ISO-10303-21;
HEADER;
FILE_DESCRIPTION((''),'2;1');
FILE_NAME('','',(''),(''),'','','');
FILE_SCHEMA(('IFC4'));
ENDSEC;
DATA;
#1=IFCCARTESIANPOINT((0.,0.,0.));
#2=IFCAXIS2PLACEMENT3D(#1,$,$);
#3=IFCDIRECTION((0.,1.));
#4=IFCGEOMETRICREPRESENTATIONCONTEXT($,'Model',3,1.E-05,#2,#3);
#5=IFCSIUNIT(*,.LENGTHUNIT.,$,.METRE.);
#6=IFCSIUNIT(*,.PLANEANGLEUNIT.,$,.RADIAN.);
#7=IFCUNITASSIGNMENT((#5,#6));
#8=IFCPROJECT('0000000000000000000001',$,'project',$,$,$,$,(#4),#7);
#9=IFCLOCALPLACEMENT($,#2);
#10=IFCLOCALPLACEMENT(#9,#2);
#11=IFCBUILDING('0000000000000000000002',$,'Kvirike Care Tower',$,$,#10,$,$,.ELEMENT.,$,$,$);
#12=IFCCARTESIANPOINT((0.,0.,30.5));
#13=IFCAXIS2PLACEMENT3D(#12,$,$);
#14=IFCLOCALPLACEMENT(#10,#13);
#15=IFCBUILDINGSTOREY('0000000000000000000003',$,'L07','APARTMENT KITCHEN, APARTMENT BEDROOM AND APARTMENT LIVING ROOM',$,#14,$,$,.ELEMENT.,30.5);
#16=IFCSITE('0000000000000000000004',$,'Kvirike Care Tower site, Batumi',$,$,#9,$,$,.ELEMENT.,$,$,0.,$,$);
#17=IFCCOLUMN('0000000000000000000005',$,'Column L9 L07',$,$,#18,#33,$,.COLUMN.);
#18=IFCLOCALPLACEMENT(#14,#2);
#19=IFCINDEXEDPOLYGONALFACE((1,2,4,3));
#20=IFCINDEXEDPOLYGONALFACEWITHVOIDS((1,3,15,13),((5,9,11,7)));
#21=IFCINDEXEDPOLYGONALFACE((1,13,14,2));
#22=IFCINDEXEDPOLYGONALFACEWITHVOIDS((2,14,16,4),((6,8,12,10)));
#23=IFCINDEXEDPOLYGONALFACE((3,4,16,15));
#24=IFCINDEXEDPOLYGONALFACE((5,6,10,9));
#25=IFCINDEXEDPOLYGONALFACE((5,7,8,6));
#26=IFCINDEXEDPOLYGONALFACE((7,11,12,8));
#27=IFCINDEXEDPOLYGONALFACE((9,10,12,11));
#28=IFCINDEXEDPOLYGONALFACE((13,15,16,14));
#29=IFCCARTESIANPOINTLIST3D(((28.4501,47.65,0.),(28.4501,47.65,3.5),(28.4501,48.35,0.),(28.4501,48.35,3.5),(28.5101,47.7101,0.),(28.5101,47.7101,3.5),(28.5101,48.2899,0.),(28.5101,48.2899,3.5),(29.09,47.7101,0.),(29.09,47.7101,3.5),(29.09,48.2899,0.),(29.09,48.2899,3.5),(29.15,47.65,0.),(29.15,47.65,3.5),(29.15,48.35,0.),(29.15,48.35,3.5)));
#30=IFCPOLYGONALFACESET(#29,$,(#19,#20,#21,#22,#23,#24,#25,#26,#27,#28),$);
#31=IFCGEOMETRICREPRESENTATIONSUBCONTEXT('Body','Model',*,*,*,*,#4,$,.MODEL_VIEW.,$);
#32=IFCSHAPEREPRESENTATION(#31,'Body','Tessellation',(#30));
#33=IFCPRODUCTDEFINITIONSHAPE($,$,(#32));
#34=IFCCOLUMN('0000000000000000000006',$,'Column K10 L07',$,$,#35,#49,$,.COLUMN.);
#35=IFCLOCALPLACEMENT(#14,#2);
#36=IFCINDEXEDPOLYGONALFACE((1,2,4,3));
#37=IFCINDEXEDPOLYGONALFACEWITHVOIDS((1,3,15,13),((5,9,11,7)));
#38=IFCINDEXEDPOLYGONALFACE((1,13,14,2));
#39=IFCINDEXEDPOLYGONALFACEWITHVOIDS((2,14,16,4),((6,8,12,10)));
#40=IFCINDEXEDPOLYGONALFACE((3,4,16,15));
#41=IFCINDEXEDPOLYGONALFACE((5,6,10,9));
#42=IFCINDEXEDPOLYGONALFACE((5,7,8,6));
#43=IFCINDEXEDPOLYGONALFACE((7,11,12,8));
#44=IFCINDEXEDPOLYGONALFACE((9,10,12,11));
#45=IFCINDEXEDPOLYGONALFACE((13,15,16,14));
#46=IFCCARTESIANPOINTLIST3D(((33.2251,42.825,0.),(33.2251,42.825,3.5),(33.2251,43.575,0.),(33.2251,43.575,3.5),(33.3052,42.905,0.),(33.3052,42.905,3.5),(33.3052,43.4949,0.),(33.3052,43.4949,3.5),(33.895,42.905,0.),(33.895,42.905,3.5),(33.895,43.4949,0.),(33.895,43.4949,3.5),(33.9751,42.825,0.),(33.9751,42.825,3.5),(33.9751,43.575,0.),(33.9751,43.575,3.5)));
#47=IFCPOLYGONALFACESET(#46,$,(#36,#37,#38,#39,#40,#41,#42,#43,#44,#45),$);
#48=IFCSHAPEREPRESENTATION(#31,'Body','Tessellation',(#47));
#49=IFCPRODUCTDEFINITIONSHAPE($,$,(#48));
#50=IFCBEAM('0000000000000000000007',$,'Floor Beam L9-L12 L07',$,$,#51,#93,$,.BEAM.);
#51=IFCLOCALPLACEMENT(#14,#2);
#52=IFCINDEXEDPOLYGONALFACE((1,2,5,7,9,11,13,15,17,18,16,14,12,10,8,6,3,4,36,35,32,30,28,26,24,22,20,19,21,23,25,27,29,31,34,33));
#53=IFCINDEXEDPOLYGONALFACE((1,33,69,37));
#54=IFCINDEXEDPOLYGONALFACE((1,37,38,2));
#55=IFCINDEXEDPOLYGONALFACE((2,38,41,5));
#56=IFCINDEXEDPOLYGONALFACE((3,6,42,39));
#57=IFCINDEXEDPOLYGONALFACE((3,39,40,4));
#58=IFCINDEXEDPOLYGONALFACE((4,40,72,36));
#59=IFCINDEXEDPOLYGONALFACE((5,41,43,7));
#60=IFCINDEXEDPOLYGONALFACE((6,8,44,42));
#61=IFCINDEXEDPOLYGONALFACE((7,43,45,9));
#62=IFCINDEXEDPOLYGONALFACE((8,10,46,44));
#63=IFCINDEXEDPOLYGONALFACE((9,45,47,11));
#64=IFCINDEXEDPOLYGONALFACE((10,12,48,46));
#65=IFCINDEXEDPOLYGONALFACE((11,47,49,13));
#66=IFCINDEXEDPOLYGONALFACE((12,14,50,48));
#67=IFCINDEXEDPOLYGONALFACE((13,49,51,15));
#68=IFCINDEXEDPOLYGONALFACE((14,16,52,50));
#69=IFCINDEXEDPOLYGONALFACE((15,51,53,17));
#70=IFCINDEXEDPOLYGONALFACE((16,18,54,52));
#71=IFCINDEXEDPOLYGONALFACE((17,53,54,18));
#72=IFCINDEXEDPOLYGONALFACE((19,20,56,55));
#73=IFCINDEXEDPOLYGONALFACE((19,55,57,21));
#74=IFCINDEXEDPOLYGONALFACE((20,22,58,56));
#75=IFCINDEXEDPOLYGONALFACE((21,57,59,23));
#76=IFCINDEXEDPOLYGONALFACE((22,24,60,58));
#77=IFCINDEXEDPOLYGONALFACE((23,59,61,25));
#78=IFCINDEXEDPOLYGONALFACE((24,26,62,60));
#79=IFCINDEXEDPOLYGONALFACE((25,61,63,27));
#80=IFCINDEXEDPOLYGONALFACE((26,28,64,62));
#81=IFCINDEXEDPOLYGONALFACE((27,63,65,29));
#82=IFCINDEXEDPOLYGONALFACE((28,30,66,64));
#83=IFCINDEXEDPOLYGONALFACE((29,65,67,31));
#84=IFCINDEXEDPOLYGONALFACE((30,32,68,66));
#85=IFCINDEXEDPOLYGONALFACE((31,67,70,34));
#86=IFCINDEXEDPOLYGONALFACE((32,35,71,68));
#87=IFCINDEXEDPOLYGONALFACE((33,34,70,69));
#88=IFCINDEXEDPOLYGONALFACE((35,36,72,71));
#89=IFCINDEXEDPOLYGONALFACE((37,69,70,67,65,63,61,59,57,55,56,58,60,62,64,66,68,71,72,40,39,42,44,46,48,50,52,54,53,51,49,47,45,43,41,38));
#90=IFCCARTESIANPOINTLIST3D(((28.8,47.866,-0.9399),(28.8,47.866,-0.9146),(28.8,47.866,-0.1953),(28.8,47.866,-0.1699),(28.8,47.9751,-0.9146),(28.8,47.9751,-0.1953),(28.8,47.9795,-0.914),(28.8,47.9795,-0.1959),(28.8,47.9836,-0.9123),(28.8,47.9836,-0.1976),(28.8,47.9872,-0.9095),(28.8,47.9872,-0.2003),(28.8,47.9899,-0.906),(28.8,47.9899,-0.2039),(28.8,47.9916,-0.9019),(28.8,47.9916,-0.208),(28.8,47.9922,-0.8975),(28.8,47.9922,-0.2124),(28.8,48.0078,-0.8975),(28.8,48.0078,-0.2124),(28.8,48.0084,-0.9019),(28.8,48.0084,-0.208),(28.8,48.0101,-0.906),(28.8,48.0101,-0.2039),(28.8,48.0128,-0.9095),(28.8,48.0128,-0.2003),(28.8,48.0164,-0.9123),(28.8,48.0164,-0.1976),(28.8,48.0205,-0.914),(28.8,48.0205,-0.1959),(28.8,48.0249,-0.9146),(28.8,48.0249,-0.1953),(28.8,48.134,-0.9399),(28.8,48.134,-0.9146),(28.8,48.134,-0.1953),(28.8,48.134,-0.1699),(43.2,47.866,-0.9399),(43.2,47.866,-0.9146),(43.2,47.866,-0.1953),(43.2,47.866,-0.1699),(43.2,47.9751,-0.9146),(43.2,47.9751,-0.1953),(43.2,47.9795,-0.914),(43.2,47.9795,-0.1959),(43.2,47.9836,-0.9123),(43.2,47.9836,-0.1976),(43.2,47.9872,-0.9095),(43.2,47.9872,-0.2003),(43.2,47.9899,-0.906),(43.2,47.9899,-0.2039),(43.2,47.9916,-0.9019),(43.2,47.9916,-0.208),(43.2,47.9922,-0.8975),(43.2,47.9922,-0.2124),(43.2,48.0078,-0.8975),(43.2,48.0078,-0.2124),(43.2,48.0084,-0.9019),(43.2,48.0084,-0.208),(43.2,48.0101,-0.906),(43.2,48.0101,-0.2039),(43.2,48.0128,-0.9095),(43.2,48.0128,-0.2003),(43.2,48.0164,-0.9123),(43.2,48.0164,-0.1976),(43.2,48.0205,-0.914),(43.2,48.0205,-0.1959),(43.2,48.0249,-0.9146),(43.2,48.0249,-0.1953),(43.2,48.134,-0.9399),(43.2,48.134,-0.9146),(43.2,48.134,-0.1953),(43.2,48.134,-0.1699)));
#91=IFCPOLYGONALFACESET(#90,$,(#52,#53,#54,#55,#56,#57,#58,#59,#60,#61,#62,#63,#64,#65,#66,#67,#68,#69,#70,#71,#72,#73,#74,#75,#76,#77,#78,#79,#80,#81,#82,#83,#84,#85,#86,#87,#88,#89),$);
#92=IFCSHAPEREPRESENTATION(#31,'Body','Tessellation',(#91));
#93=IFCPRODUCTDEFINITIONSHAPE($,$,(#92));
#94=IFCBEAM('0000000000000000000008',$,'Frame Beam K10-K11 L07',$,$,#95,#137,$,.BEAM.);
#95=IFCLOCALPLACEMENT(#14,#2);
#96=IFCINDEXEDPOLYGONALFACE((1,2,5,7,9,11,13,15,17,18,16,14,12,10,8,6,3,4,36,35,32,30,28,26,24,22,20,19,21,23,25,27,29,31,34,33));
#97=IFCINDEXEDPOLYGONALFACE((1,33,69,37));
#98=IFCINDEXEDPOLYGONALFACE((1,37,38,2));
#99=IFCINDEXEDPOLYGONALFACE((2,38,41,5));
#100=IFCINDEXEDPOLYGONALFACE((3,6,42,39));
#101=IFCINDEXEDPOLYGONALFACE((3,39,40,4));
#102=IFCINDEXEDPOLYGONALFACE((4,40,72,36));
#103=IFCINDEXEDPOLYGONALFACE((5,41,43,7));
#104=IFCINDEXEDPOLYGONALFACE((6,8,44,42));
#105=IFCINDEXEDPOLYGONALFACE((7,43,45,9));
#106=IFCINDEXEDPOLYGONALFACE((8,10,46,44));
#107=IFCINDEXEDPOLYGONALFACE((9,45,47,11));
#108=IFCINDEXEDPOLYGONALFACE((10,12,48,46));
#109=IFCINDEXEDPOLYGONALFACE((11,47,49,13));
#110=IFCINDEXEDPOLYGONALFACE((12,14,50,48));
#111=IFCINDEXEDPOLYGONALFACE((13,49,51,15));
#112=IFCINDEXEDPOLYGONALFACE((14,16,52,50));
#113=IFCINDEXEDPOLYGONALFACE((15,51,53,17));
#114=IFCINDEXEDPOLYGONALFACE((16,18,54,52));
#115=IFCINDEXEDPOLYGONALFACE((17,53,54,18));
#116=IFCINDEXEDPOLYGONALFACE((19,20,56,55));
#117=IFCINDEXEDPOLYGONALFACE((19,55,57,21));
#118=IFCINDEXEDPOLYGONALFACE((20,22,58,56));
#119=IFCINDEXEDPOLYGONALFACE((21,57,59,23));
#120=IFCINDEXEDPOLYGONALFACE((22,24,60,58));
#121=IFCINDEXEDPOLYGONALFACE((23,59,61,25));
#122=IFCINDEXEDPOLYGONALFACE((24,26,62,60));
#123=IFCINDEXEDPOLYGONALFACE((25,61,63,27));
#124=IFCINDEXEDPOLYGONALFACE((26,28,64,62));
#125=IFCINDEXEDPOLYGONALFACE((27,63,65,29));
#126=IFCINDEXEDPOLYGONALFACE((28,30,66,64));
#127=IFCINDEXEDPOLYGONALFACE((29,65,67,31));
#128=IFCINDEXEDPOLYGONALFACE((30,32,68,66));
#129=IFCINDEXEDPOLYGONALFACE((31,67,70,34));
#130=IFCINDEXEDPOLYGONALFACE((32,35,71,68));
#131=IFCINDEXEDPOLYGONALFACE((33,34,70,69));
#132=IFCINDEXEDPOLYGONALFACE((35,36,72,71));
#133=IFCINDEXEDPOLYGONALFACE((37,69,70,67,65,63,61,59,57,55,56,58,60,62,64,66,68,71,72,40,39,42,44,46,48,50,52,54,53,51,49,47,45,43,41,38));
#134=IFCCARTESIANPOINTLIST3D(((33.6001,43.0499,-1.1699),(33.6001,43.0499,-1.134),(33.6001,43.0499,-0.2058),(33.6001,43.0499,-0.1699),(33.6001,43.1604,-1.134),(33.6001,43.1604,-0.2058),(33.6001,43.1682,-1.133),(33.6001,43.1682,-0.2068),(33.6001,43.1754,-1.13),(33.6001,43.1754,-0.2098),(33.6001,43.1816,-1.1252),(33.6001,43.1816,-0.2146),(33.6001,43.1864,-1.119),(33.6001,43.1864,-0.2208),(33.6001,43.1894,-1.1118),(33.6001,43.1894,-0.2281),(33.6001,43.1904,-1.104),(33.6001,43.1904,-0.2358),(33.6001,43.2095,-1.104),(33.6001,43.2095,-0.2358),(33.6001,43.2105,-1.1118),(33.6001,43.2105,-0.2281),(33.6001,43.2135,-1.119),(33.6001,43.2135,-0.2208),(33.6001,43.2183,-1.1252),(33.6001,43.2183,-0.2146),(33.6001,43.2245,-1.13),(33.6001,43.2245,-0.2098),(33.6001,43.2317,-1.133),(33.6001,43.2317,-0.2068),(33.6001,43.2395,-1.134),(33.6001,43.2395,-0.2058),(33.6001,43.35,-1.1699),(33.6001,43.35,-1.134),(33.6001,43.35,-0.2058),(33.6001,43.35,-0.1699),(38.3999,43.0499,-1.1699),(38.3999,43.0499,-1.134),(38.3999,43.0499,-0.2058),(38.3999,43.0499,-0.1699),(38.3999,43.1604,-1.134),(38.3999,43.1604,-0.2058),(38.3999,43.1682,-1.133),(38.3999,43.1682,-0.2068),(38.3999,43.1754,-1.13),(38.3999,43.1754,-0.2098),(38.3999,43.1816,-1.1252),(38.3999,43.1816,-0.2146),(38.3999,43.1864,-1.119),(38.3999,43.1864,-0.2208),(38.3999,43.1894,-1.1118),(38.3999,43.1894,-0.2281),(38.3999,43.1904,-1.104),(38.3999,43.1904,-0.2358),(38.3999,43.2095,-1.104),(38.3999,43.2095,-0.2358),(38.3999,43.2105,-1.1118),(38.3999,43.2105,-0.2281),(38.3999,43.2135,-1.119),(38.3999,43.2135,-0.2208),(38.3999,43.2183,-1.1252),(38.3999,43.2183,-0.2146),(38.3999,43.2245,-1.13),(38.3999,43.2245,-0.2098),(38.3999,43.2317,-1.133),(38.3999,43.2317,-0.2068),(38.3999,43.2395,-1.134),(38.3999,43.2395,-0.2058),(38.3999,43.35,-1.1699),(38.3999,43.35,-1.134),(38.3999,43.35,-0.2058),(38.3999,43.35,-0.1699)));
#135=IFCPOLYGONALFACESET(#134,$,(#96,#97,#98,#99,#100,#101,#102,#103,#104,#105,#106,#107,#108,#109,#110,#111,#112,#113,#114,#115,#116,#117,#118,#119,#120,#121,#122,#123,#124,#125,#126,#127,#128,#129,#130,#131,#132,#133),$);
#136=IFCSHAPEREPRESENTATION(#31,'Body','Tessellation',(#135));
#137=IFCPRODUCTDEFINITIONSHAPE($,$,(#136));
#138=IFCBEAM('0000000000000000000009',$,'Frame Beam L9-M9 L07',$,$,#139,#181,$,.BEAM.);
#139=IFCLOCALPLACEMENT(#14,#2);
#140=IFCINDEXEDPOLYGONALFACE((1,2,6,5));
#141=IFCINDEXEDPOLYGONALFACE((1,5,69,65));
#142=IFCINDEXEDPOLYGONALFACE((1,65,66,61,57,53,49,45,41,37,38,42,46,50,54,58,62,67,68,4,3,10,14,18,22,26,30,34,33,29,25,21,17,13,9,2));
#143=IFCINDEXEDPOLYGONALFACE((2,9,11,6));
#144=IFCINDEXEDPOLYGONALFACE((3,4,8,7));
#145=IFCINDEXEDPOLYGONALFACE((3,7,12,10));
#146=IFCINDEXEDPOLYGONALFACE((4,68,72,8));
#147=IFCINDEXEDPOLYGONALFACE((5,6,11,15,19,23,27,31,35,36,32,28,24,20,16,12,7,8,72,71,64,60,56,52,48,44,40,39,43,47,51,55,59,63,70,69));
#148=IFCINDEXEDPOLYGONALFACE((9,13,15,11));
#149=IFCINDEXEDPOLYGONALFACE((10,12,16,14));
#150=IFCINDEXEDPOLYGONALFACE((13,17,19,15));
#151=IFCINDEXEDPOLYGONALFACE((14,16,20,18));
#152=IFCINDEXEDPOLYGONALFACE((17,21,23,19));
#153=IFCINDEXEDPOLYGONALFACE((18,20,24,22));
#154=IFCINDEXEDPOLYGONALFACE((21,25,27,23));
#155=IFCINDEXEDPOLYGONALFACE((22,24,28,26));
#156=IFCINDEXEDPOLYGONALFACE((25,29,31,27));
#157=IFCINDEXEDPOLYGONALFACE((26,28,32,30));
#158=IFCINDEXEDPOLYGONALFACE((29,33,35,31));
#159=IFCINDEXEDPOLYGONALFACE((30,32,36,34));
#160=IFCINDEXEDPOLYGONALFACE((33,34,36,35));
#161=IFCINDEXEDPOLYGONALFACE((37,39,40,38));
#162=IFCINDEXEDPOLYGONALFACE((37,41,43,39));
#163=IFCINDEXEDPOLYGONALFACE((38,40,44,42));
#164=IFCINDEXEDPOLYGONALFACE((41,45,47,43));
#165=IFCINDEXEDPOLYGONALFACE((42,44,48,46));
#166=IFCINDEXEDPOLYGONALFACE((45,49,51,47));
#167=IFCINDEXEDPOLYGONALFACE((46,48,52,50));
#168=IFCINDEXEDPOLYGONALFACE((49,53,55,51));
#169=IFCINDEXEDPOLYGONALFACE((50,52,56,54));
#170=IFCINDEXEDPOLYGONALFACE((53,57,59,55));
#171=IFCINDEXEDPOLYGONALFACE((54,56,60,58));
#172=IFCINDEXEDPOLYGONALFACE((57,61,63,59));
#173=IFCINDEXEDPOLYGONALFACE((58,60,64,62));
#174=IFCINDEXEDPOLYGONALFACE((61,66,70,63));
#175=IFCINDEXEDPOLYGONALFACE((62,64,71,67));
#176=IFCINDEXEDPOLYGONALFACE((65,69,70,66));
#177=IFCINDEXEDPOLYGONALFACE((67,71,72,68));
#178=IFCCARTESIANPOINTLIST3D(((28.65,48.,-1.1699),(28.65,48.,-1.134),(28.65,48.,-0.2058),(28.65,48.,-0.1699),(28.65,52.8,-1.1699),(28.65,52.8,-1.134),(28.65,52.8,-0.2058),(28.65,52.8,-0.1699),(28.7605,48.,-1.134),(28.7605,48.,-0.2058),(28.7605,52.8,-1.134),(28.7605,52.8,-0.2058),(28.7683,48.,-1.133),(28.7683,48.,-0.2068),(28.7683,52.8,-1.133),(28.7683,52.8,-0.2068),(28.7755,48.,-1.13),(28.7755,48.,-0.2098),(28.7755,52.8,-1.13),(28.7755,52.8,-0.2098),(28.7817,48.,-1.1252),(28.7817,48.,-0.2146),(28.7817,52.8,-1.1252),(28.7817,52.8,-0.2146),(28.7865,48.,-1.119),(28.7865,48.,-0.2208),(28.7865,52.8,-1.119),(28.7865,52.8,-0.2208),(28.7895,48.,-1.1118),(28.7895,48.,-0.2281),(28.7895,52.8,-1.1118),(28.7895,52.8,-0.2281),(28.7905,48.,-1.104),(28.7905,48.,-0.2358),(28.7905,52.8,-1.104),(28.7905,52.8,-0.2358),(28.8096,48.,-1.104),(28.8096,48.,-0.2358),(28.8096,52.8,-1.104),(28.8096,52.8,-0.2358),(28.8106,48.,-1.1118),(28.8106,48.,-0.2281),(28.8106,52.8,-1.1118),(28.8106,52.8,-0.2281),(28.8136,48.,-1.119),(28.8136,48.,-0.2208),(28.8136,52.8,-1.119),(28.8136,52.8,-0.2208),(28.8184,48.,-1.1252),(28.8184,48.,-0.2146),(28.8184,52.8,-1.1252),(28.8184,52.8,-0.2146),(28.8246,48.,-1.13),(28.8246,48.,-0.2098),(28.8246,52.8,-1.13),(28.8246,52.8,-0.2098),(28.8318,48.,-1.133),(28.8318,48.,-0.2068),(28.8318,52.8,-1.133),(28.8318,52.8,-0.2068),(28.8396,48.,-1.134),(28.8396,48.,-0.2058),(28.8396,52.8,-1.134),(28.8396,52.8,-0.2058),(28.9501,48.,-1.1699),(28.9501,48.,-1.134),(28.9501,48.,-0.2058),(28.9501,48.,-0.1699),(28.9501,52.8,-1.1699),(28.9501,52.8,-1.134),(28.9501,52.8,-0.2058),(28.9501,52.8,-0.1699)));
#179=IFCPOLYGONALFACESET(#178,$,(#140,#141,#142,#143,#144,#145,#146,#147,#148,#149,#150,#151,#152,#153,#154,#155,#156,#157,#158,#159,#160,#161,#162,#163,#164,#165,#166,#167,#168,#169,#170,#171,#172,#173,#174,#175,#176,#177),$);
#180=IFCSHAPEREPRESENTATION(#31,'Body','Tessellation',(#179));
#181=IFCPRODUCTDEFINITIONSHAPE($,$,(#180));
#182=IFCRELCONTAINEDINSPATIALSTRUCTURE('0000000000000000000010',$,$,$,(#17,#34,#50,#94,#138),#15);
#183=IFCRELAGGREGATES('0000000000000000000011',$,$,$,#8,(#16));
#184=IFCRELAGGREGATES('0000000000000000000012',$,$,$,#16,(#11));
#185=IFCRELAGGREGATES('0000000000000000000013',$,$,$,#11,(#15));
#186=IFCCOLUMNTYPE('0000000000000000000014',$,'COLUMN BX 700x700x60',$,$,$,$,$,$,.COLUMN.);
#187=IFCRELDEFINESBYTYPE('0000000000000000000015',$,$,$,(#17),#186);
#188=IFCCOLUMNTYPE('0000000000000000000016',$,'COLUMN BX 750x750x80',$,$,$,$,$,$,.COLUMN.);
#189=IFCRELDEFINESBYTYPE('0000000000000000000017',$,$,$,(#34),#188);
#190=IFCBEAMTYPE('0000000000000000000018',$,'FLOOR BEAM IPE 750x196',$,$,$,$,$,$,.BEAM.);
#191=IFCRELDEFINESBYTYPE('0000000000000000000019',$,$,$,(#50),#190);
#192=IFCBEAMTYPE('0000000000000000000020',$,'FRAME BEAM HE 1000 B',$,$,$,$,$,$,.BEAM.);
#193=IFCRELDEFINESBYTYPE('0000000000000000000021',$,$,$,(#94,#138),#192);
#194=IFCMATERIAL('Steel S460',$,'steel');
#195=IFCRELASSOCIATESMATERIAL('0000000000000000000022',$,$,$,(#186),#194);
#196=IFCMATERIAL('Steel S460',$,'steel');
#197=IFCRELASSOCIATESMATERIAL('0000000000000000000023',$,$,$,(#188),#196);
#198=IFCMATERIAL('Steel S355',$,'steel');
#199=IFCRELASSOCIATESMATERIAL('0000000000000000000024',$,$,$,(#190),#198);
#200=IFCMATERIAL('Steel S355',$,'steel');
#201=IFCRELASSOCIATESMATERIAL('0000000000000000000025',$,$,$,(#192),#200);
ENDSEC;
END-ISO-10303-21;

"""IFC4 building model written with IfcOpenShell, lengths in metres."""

from ifc_helpers import new_model, si_unit, direction, frame, origin, origin_2d, place, context, subcontext, project, spatial, hollow_rectangle, i_section, extrude, material, material_profile, profile_set, type_object, element, save


model = new_model("IFC4")

# Units and contexts
model_context = context("Model", 3, precision=1e-05, world=origin(), true_north=direction((0.0, 1.0)))
body_context = subcontext(model_context, "Body", "Model", "MODEL_VIEW")
ifc_project = project(units=[si_unit("LENGTHUNIT", "METRE"), si_unit("PLANEANGLEUNIT", "RADIAN")], contexts=[model_context])

# Site, building, storey
site_placement = place(None, origin())
site = spatial("IfcSite", under=ifc_project, at=site_placement, Name="Kvirike Care Tower site, Batumi", CompositionType="ELEMENT", RefElevation=0.0)
building_placement = place(site_placement, origin())
building = spatial("IfcBuilding", under=site, at=building_placement, Name="Kvirike Care Tower", CompositionType="ELEMENT")
storey_placement = place(building_placement, frame((0.0, 0.0, 30.5)))
storey = spatial("IfcBuildingStorey", under=building, at=storey_placement, Name="L07", Description="APARTMENT KITCHEN, APARTMENT BEDROOM AND APARTMENT LIVING ROOM", CompositionType="ELEMENT", Elevation=30.5)

# Columns
ifc_material_1 = material(Name="Steel S460", Category="steel")
ifc_material_profile_1 = material_profile(ifc_material_1, hollow_rectangle(XDim=0.7, YDim=0.7, WallThickness=0.0601, at=origin_2d()), Name="BX 700x700x60")
ifc_profile_set_1 = profile_set([ifc_material_profile_1], Name="Steel S460")
column_type_1 = type_object("IfcColumnType", Name="COLUMN BX 700x700x60", PredefinedType="COLUMN", material=ifc_profile_set_1)
column_1_placement = place(storey_placement, frame((28.8, 48.0, 0.0), z_axis=(0.0, 0.0, 1.0), x_axis=(1.0, 0.0, 0.0)))
element("IfcColumn", 1, at=column_1_placement, inside=storey, type_object=column_type_1, Name="Column L9 L07", PredefinedType="COLUMN", context=body_context, shape_type="SweptSolid", body=[
    extrude(hollow_rectangle(XDim=0.7, YDim=0.7, WallThickness=0.0601, at=origin_2d()), origin(), (0.0, 0.0, 1.0), 3.5),
])
ifc_material_2 = material(Name="Steel S460", Category="steel")
ifc_material_profile_2 = material_profile(ifc_material_2, hollow_rectangle(XDim=0.75, YDim=0.75, WallThickness=0.0801, at=origin_2d()), Name="BX 750x750x80")
ifc_profile_set_2 = profile_set([ifc_material_profile_2], Name="Steel S460")
column_type_2 = type_object("IfcColumnType", Name="COLUMN BX 750x750x80", PredefinedType="COLUMN", material=ifc_profile_set_2)
column_2_placement = place(storey_placement, frame((33.6001, 43.2, 0.0), z_axis=(0.0, 0.0, 1.0), x_axis=(0.0, 1.0, 0.0)))
element("IfcColumn", 2, at=column_2_placement, inside=storey, type_object=column_type_2, Name="Column K10 L07", PredefinedType="COLUMN", context=body_context, shape_type="SweptSolid", body=[
    extrude(hollow_rectangle(XDim=0.75, YDim=0.75, WallThickness=0.0801, at=origin_2d()), origin(), (0.0, 0.0, 1.0), 3.5),
])

# Beams
ifc_material_3 = material(Name="Steel S355", Category="steel")
ifc_material_profile_3 = material_profile(ifc_material_3, i_section(OverallWidth=0.2681, OverallDepth=0.77, WebThickness=0.0156, FlangeThickness=0.0254, FilletRadius=0.0171, at=origin_2d()), Name="IPE 750x196")
ifc_profile_set_3 = profile_set([ifc_material_profile_3], Name="Steel S355")
beam_type_1 = type_object("IfcBeamType", Name="FLOOR BEAM IPE 750x196", PredefinedType="BEAM", material=ifc_profile_set_3)
beam_1_placement = place(storey_placement, frame((28.8, 48.0, -0.5549), z_axis=(1.0, 0.0, 0.0), x_axis=(0.0, 1.0, 0.0)))
element("IfcBeam", 3, at=beam_1_placement, inside=storey, type_object=beam_type_1, Name="Floor Beam L9-L12 L07", PredefinedType="BEAM", context=body_context, shape_type="SweptSolid", body=[
    extrude(i_section(OverallWidth=0.2681, OverallDepth=0.77, WebThickness=0.0156, FlangeThickness=0.0254, FilletRadius=0.0171, at=origin_2d()), origin(), (0.0, 0.0, 1.0), 14.3999),
])
ifc_material_4 = material(Name="Steel S355", Category="steel")
ifc_material_profile_4 = material_profile(ifc_material_4, i_section(OverallWidth=0.3, OverallDepth=1.0, WebThickness=0.019, FlangeThickness=0.0359, FilletRadius=0.03, at=origin_2d()), Name="HE 1000 B")
ifc_profile_set_4 = profile_set([ifc_material_profile_4], Name="Steel S355")
beam_type_2 = type_object("IfcBeamType", Name="FRAME BEAM HE 1000 B", PredefinedType="BEAM", material=ifc_profile_set_4)
beam_2_placement = place(storey_placement, frame((33.6001, 43.2, -0.6699), z_axis=(1.0, 0.0, 0.0), x_axis=(0.0, 1.0, 0.0)))
element("IfcBeam", 4, at=beam_2_placement, inside=storey, type_object=beam_type_2, Name="Frame Beam K10-K11 L07", PredefinedType="BEAM", context=body_context, shape_type="SweptSolid", body=[
    extrude(i_section(OverallWidth=0.3, OverallDepth=1.0, WebThickness=0.019, FlangeThickness=0.0359, FilletRadius=0.03, at=origin_2d()), origin(), (0.0, 0.0, 1.0), 4.7998),
])
beam_3_placement = place(storey_placement, frame((28.8, 48.0, -0.6699), z_axis=(0.0, 1.0, 0.0), x_axis=(-1.0, 0.0, 0.0)))
element("IfcBeam", 5, at=beam_3_placement, inside=storey, type_object=beam_type_2, Name="Frame Beam L9-M9 L07", PredefinedType="BEAM", context=body_context, shape_type="SweptSolid", body=[
    extrude(i_section(OverallWidth=0.3, OverallDepth=1.0, WebThickness=0.019, FlangeThickness=0.0359, FilletRadius=0.03, at=origin_2d()), origin(), (0.0, 0.0, 1.0), 4.8),
])

save(model, "model.ifc")
